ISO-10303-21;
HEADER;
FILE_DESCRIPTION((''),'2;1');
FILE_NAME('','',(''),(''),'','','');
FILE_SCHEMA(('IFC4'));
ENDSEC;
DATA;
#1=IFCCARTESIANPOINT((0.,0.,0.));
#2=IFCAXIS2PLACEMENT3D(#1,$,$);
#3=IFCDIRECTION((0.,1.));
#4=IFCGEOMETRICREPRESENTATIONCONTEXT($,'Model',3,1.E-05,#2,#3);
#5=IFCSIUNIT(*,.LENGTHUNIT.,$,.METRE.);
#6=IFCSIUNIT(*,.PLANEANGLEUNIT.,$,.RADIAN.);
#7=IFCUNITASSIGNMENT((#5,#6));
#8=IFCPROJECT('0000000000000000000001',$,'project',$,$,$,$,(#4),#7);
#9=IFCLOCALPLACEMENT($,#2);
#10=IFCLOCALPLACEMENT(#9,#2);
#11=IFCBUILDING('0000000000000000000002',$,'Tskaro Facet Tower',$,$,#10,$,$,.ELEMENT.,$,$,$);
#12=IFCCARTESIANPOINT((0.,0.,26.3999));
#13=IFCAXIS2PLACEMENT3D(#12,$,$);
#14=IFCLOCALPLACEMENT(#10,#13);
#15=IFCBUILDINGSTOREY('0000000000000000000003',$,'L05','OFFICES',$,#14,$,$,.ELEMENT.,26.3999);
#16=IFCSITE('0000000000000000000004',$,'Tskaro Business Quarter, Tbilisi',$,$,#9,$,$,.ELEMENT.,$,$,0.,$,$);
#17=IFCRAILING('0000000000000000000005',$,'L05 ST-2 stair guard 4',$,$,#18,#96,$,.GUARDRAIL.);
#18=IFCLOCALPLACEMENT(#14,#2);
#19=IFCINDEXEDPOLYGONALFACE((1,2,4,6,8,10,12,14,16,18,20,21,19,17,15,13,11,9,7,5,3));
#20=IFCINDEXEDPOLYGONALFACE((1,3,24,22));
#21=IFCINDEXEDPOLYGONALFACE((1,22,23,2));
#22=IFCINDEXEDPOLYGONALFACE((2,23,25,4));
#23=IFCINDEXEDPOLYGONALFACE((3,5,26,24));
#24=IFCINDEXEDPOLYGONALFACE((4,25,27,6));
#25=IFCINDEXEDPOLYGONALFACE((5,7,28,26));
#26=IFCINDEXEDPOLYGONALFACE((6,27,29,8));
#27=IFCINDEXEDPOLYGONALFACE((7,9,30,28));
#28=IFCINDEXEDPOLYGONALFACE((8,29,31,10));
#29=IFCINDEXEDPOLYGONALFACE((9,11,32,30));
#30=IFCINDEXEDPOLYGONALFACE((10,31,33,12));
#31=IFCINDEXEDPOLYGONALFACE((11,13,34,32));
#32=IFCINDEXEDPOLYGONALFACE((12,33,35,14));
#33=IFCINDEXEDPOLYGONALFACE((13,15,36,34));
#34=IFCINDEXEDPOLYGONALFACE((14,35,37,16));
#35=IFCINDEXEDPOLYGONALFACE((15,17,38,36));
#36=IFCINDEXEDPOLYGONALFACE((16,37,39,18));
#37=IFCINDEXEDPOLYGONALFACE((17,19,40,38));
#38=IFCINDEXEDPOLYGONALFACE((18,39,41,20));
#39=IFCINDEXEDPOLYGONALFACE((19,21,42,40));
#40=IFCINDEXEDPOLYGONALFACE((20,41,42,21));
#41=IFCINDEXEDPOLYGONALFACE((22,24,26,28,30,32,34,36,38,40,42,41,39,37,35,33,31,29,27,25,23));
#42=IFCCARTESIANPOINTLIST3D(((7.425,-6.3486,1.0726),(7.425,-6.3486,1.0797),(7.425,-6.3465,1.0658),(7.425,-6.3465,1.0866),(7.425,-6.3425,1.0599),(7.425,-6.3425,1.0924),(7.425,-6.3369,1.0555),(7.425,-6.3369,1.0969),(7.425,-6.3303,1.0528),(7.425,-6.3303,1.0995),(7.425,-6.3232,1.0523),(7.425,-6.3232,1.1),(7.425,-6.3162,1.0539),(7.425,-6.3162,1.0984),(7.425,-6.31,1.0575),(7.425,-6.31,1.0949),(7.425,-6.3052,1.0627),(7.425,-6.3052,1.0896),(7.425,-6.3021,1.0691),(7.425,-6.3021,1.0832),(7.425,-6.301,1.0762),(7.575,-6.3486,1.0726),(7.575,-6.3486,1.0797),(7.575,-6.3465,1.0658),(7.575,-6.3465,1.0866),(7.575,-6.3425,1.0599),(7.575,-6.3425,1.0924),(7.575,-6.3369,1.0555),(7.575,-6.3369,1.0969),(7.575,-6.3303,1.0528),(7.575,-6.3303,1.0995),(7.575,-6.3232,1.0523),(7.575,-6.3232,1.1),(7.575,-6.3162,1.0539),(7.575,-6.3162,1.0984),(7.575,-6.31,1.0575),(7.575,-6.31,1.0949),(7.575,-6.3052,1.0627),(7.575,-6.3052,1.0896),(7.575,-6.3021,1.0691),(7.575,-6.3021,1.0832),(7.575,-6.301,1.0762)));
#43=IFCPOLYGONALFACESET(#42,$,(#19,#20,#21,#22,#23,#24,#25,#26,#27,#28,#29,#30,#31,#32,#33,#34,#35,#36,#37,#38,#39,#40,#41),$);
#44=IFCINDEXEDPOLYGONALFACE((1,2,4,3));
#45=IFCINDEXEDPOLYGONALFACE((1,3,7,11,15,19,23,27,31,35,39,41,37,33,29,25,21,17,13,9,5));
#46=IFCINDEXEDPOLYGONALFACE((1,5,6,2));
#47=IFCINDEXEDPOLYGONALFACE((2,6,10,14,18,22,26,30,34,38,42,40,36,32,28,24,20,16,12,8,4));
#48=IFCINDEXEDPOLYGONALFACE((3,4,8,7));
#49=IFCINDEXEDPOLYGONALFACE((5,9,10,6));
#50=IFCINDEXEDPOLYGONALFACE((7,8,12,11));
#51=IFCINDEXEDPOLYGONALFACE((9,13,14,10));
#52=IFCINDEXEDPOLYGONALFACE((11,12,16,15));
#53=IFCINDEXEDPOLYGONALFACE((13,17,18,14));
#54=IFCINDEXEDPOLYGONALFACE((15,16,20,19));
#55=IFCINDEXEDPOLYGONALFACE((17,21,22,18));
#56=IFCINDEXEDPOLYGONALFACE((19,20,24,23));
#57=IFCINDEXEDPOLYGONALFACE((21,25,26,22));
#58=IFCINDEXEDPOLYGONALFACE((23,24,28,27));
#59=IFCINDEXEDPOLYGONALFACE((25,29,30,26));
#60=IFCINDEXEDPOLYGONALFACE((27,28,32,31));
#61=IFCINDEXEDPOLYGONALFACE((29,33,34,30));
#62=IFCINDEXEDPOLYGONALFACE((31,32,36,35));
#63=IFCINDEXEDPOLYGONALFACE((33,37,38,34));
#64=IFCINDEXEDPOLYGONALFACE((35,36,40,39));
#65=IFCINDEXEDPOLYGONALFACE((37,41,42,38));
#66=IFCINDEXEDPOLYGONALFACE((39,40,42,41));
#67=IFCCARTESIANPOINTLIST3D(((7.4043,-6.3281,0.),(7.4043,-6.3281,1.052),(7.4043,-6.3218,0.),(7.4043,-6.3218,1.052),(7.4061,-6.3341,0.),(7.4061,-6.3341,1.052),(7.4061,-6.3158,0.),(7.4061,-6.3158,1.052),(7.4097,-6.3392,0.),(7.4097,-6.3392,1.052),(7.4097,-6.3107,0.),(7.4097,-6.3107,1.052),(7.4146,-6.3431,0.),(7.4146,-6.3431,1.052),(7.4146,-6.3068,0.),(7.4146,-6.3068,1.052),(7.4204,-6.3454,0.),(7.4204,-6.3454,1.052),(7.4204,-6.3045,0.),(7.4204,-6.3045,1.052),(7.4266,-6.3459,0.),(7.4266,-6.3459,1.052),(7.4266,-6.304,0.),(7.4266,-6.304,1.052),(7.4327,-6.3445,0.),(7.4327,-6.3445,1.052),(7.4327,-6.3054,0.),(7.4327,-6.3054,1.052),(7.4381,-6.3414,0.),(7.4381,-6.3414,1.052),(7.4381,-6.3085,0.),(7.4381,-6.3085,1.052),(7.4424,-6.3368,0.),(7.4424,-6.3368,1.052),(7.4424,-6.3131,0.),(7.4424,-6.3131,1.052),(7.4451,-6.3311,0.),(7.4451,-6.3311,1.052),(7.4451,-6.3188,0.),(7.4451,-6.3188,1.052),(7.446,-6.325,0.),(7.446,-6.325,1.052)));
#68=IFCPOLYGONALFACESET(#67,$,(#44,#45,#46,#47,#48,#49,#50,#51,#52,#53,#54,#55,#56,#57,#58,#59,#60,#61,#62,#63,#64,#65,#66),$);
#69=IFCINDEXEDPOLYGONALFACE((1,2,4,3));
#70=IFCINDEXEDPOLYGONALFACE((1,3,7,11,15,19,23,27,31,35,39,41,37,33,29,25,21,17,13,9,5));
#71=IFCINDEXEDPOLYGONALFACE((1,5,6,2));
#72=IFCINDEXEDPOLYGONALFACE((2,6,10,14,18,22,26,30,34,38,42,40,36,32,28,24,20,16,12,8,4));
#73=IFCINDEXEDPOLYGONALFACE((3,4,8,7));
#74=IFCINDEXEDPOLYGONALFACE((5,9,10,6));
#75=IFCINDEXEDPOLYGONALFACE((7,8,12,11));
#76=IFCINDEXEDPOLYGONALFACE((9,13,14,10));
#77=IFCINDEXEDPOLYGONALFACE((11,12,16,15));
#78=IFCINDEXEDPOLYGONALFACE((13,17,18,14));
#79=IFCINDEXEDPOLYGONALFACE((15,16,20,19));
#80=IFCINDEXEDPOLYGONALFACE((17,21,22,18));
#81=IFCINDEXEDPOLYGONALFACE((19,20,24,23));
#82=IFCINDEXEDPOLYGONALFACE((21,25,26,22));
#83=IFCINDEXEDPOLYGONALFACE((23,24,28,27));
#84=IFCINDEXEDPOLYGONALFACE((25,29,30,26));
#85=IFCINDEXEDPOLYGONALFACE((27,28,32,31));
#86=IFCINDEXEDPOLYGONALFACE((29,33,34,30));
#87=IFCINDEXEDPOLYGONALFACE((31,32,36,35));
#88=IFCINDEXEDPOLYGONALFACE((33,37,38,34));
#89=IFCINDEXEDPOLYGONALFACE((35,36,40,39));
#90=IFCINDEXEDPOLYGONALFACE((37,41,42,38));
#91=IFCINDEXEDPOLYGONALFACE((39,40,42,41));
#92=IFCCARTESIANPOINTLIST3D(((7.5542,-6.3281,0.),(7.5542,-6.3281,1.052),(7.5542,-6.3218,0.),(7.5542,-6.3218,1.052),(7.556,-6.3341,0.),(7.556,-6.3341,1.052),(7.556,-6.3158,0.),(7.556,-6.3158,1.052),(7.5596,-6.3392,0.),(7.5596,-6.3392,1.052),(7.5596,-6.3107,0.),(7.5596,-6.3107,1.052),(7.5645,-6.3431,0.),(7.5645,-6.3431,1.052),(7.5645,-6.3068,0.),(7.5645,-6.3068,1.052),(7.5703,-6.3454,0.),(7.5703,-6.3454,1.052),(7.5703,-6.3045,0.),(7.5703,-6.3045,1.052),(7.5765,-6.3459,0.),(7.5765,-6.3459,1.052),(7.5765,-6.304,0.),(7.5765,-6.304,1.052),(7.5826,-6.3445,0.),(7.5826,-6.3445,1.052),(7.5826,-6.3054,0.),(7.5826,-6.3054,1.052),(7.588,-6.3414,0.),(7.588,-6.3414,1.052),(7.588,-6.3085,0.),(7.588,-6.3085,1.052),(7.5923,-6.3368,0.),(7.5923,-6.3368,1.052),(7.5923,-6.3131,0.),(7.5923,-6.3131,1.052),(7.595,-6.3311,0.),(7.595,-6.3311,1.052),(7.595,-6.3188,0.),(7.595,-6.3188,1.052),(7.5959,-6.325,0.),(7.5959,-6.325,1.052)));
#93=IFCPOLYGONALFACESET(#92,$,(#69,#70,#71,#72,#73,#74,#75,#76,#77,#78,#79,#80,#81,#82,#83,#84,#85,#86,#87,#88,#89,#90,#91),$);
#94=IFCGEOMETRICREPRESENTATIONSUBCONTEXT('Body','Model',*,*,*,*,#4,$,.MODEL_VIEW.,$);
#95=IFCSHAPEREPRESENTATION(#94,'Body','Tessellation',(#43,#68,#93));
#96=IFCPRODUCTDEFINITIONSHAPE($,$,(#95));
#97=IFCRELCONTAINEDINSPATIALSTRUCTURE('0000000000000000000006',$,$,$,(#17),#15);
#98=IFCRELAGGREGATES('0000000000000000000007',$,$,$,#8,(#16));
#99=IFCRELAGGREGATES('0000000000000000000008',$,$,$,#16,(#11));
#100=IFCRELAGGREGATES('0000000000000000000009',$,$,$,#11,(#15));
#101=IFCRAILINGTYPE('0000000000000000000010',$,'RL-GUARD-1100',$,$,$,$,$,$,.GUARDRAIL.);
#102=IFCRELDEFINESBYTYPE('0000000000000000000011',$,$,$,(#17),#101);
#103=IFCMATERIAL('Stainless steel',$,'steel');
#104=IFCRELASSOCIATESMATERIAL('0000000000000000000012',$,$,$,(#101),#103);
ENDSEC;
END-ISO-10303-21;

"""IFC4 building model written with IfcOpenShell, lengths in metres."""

from ifc_helpers import new_model, si_unit, direction, frame, origin, origin_2d, place, context, subcontext, project, spatial, circle, extrude, material, type_object, element, save


model = new_model("IFC4")

# Units and contexts
model_context = context("Model", 3, precision=1e-05, world=origin(), true_north=direction((0.0, 1.0)))
body_context = subcontext(model_context, "Body", "Model", "MODEL_VIEW")
ifc_project = project(units=[si_unit("LENGTHUNIT", "METRE"), si_unit("PLANEANGLEUNIT", "RADIAN")], contexts=[model_context])

# Site, building, storey
site_placement = place(None, origin())
site = spatial("IfcSite", under=ifc_project, at=site_placement, Name="Tskaro Business Quarter, Tbilisi", CompositionType="ELEMENT", RefElevation=0.0)
building_placement = place(site_placement, origin())
building = spatial("IfcBuilding", under=site, at=building_placement, Name="Tskaro Facet Tower", CompositionType="ELEMENT")
storey_placement = place(building_placement, frame((0.0, 0.0, 26.3999)))
storey = spatial("IfcBuildingStorey", under=building, at=storey_placement, Name="L05", Description="OFFICES", CompositionType="ELEMENT", Elevation=26.3999)

# Railing
ifc_material_1 = material(Name="Stainless steel", Category="steel")
railing_type_1 = type_object("IfcRailingType", Name="RL-GUARD-1100", PredefinedType="GUARDRAIL", material=ifc_material_1)
railing_1_placement = place(storey_placement, frame((7.425, -6.325, 0.0)))
element("IfcRailing", 1, at=railing_1_placement, inside=storey, type_object=railing_type_1, Name="L05 ST-2 stair guard 4", PredefinedType="GUARDRAIL", context=body_context, shape_type="SweptSolid", body=[
    extrude(circle(Radius=0.0239, at=origin_2d()), frame((0.0, 0.0, 1.0762), z_axis=(1.0, 0.0, 0.0), x_axis=(0.0, 1.0, 0.0)), (0.0, 0.0, 1.0), 0.1499),
    extrude(circle(Radius=0.021, at=origin_2d()), origin(), (0.0, 0.0, 1.0), 1.052),
    extrude(circle(Radius=0.021, at=origin_2d()), frame((0.1499, 0.0, 0.0)), (0.0, 0.0, 1.0), 1.052),
])

save(model, "model.ifc")
